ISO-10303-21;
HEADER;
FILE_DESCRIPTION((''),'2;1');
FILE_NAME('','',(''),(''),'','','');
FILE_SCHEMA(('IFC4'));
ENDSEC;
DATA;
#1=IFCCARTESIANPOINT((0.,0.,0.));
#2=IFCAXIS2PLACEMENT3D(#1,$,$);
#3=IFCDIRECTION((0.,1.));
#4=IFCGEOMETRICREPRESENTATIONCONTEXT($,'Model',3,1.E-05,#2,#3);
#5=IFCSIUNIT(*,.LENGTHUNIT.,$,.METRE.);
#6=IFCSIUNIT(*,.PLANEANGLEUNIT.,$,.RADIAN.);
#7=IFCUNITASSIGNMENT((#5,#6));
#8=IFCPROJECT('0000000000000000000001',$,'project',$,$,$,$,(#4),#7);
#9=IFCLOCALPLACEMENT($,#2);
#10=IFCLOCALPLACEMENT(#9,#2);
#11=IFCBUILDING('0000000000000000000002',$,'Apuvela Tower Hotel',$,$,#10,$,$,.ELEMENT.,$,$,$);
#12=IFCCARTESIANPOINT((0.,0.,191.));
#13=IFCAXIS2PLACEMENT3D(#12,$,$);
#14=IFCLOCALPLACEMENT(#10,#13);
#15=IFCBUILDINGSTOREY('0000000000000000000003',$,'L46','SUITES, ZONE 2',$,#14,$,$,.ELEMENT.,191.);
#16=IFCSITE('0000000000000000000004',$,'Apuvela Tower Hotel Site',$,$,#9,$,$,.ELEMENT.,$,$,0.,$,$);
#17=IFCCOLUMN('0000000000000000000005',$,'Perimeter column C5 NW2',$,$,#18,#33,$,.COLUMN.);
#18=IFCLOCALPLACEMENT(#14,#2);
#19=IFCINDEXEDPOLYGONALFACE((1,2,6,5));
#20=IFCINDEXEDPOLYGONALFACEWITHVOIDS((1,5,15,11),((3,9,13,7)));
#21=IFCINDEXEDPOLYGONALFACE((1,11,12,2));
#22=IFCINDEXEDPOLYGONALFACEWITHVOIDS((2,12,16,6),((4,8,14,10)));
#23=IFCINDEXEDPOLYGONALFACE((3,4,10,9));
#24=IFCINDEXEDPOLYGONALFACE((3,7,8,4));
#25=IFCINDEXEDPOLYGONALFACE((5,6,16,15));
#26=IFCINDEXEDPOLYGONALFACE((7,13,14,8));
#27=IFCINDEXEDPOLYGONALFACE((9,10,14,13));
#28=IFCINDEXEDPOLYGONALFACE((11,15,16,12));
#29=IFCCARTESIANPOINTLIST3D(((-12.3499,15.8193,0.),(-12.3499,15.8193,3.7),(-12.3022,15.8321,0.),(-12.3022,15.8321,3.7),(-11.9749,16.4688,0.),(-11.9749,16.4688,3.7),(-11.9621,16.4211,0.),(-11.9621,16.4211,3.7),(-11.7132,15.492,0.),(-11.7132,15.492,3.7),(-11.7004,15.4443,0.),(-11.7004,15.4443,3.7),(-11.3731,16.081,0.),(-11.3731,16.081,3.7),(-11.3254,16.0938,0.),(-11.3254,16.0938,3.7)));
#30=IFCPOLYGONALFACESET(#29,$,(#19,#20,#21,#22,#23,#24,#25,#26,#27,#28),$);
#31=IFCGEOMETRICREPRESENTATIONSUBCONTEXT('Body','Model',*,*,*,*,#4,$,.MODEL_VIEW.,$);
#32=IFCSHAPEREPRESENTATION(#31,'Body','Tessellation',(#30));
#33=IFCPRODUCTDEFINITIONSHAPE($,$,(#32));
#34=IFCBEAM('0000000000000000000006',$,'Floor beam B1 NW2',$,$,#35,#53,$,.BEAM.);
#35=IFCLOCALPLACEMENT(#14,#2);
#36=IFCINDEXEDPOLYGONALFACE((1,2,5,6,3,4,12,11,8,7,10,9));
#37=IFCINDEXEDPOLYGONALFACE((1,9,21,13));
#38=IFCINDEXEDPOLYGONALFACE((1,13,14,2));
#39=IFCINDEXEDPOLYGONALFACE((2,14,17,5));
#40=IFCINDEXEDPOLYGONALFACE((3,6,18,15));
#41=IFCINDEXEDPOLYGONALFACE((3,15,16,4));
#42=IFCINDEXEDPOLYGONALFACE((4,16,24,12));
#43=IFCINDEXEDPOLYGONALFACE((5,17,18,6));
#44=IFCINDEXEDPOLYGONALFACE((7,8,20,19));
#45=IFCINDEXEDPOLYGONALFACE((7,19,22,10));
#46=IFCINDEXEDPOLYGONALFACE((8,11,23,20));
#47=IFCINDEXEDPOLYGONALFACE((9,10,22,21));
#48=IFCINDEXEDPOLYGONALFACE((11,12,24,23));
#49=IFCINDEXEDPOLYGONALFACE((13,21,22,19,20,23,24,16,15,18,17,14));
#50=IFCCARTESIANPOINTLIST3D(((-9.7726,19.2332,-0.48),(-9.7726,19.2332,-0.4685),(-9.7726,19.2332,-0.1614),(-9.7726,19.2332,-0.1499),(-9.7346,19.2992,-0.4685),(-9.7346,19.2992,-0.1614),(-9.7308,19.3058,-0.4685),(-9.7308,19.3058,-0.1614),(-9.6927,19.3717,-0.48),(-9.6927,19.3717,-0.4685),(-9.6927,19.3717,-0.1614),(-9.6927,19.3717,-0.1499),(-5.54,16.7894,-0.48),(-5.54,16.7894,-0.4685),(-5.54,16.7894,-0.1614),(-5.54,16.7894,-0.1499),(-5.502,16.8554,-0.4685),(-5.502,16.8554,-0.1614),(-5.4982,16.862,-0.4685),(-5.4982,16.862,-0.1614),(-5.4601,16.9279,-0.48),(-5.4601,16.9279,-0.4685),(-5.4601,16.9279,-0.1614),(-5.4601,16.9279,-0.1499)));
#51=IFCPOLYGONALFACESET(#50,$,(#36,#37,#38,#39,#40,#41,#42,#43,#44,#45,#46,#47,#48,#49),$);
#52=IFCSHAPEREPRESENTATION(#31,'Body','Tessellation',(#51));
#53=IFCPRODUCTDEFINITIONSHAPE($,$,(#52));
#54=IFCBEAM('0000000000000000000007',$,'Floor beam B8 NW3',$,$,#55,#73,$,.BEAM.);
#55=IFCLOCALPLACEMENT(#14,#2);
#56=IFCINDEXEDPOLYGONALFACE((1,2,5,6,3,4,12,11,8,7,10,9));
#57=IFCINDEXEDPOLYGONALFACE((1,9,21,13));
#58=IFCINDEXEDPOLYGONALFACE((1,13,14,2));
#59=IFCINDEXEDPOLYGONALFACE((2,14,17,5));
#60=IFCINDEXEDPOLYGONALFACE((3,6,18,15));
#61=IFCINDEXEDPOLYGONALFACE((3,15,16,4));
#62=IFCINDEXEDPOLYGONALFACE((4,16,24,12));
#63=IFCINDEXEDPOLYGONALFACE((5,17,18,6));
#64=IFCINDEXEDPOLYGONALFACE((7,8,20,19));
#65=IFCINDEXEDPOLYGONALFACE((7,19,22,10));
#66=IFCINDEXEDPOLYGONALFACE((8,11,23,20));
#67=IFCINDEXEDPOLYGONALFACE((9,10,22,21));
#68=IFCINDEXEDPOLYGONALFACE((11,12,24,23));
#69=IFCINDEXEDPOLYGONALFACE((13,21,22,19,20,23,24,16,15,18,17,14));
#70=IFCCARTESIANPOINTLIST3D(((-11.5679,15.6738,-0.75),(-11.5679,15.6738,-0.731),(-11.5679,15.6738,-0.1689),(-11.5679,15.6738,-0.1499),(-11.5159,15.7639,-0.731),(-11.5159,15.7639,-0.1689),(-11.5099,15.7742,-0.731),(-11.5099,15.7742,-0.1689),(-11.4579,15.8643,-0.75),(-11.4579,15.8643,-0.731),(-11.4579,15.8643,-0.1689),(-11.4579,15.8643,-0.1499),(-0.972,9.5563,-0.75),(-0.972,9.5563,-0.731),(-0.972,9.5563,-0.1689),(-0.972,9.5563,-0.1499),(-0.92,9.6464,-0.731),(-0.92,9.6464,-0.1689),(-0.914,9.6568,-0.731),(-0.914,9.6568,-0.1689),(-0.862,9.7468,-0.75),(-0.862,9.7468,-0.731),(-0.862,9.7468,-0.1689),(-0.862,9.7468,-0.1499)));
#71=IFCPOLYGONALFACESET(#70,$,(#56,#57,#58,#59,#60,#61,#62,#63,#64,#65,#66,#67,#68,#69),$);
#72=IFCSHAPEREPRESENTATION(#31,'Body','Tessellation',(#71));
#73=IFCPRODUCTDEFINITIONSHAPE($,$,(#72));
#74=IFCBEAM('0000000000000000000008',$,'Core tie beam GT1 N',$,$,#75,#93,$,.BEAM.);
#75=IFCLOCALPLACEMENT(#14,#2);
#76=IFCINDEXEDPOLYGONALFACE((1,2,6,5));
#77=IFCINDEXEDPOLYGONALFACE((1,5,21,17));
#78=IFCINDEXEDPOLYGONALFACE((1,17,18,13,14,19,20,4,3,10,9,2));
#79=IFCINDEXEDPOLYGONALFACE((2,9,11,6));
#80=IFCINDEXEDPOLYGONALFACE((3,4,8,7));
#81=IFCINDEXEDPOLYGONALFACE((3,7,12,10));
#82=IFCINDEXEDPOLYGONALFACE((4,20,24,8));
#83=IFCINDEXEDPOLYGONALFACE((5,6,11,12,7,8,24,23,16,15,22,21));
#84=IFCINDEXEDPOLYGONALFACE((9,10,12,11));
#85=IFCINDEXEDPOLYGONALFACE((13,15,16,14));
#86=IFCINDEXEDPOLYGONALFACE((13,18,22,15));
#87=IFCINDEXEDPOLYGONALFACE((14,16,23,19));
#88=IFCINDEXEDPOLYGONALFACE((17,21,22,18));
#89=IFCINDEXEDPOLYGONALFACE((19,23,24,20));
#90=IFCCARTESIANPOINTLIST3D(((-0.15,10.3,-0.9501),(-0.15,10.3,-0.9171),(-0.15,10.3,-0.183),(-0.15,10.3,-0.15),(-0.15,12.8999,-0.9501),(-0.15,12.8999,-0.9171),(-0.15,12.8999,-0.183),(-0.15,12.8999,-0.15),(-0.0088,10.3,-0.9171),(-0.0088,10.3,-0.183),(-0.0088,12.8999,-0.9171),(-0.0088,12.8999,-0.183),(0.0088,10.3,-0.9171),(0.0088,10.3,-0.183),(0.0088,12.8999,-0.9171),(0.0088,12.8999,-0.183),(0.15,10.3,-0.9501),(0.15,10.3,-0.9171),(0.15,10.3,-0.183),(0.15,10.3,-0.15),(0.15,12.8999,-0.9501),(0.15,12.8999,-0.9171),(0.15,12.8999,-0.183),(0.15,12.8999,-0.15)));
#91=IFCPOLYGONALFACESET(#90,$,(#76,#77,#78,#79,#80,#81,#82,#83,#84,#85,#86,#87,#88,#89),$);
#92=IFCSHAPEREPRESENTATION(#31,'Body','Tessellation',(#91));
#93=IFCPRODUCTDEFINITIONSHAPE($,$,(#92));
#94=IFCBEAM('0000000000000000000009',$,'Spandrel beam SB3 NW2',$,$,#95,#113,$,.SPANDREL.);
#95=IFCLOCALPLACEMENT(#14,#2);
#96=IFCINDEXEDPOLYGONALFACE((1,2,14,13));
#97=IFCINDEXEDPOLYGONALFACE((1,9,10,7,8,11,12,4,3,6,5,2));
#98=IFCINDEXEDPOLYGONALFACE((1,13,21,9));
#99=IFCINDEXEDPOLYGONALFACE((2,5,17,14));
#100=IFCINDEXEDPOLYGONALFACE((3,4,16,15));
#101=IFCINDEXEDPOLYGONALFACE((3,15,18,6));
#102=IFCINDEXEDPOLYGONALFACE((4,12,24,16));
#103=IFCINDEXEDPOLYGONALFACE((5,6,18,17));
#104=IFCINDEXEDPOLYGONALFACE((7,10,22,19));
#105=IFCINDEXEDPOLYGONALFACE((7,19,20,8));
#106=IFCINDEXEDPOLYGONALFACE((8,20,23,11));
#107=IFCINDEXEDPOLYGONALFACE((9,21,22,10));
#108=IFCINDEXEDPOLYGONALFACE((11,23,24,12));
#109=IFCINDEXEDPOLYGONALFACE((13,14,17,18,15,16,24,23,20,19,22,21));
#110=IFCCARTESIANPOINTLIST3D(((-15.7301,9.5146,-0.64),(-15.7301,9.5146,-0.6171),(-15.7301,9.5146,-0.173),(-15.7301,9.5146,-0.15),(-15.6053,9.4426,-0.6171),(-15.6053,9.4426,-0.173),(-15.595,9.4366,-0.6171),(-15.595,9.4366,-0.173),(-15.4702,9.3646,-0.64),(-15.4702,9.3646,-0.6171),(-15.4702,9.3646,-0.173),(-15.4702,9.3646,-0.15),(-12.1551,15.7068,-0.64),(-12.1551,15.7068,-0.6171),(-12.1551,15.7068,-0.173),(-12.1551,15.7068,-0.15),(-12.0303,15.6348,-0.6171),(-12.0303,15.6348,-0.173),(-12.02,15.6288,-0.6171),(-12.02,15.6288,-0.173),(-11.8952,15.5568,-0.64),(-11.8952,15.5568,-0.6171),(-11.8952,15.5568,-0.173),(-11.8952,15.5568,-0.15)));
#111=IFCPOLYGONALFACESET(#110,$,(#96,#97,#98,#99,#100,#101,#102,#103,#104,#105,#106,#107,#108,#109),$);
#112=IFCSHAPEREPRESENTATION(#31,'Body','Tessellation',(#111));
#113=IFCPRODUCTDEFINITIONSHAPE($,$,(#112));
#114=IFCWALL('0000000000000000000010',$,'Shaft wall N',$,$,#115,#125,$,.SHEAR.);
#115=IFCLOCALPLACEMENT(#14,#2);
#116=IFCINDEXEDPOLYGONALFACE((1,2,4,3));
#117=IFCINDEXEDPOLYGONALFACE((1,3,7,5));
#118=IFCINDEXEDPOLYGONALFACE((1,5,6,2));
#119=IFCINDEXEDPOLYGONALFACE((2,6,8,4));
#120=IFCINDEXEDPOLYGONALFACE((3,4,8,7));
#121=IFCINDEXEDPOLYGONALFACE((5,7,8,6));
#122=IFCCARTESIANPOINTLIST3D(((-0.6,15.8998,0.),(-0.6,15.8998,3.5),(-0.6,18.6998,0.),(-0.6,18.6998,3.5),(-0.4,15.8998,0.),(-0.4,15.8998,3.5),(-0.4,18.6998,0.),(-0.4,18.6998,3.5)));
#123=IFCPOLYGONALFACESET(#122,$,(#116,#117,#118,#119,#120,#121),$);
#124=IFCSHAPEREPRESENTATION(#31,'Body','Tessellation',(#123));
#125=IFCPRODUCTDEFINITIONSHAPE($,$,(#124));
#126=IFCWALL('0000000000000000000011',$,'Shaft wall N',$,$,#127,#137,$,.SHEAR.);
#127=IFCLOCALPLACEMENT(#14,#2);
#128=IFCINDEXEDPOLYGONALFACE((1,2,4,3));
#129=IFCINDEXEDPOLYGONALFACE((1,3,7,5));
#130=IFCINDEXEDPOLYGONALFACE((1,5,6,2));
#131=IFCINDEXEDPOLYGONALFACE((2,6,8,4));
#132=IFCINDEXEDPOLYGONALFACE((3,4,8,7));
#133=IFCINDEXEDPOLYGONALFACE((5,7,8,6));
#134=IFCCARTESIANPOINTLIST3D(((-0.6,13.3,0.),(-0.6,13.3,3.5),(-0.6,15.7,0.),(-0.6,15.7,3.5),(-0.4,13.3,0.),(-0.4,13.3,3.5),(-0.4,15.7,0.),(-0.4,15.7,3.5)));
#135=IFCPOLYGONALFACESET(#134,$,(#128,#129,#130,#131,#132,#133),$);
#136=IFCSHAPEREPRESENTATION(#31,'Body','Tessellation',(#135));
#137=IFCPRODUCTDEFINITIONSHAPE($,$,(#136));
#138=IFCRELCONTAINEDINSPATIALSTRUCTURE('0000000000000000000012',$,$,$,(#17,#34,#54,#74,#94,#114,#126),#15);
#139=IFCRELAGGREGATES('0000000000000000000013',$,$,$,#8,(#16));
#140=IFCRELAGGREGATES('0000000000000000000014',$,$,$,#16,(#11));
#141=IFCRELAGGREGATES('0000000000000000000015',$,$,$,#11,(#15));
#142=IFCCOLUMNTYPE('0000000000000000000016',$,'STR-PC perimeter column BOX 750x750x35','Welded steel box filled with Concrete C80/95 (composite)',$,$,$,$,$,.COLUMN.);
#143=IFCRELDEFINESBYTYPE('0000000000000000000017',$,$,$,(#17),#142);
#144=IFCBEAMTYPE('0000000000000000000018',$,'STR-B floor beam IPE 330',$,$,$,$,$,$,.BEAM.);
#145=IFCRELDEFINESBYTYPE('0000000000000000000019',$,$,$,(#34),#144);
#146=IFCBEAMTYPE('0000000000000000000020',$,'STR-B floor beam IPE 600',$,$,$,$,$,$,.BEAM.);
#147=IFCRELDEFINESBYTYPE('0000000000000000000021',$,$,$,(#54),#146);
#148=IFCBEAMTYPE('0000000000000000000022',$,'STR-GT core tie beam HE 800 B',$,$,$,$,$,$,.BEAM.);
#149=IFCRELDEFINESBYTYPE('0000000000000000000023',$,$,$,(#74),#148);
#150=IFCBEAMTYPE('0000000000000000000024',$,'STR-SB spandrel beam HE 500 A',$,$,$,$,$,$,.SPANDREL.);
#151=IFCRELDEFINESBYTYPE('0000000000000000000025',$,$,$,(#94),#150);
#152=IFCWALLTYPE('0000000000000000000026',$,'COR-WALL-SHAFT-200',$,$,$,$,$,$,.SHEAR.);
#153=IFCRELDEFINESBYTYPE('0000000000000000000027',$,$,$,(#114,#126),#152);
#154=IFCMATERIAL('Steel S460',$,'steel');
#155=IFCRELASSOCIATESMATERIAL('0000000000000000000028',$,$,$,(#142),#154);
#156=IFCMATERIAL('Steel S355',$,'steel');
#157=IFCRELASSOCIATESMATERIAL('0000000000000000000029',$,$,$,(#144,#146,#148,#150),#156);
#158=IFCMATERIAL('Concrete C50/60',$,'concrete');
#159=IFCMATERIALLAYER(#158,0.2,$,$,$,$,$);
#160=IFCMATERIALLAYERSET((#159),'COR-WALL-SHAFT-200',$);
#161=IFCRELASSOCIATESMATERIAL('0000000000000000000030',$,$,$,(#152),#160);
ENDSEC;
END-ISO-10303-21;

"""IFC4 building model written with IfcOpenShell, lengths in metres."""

from ifc_helpers import new_model, si_unit, direction, frame, frame_2d, origin, origin_2d, place, context, subcontext, project, spatial, rectangle, hollow_rectangle, i_section, extrude, material, layer, layer_set, material_profile, profile_set, type_object, element, save


model = new_model("IFC4")

# Units and contexts
model_context = context("Model", 3, precision=1e-05, world=origin(), true_north=direction((0.0, 1.0)))
body_context = subcontext(model_context, "Body", "Model", "MODEL_VIEW")
ifc_project = project(units=[si_unit("LENGTHUNIT", "METRE"), si_unit("PLANEANGLEUNIT", "RADIAN")], contexts=[model_context])

# Site, building, storey
site_placement = place(None, origin())
site = spatial("IfcSite", under=ifc_project, at=site_placement, Name="Apuvela Tower Hotel Site", CompositionType="ELEMENT", RefElevation=0.0)
building_placement = place(site_placement, origin())
building = spatial("IfcBuilding", under=site, at=building_placement, Name="Apuvela Tower Hotel", CompositionType="ELEMENT")
storey_placement = place(building_placement, frame((0.0, 0.0, 191.0)))
storey = spatial("IfcBuildingStorey", under=building, at=storey_placement, Name="L46", Description="SUITES, ZONE 2", CompositionType="ELEMENT", Elevation=191.0)

# Column
ifc_material_1 = material(Name="Steel S460", Category="steel")
ifc_material_profile_1 = material_profile(ifc_material_1, hollow_rectangle(XDim=0.75, YDim=0.75, WallThickness=0.0349, at=origin_2d()), Name="BOX 750x750x35")
ifc_material_2 = material(Name="Concrete C80/95", Category="concrete")
ifc_material_profile_2 = material_profile(ifc_material_2, rectangle(XDim=0.6799, YDim=0.6799, at=origin_2d()), Name="Concrete C80/95 infill")
ifc_profile_set_1 = profile_set([ifc_material_profile_1, ifc_material_profile_2], Name="Steel S460")
column_type = type_object("IfcColumnType", Name="STR-PC perimeter column BOX 750x750x35", Description="Welded steel box filled with Concrete C80/95 (composite)", PredefinedType="COLUMN", material=ifc_profile_set_1)
column_placement = place(storey_placement, frame((-11.8376, 15.9565, 0.0), z_axis=(0.0, 0.0, 1.0), x_axis=(0.5, 0.866025, 0.0)))
element("IfcColumn", 1, at=column_placement, inside=storey, type_object=column_type, Name="Perimeter column C5 NW2", PredefinedType="COLUMN", context=body_context, shape_type="SweptSolid", body=[
    extrude(hollow_rectangle(XDim=0.75, YDim=0.75, WallThickness=0.0349, at=origin_2d()), origin(), (0.0, 0.0, 1.0), 3.7),
])

# Beams
ifc_material_3 = material(Name="Steel S355", Category="steel")
ifc_material_profile_3 = material_profile(ifc_material_3, i_section(OverallWidth=0.1599, OverallDepth=0.3301, WebThickness=0.0076, FlangeThickness=0.0115, at=origin_2d()), Name="IPE 330")
ifc_profile_set_2 = profile_set([ifc_material_profile_3], Name="Steel S355")
beam_type_1 = type_object("IfcBeamType", Name="STR-B floor beam IPE 330", PredefinedType="BEAM", material=ifc_profile_set_2)
beam_1_placement = place(storey_placement, frame((-9.7327, 19.3025, -0.3149), z_axis=(0.866015, -0.500018, 0.0), x_axis=(0.500018, 0.866015, 0.0)))
element("IfcBeam", 2, at=beam_1_placement, inside=storey, type_object=beam_type_1, Name="Floor beam B1 NW2", PredefinedType="BEAM", context=body_context, shape_type="SweptSolid", body=[
    extrude(i_section(OverallWidth=0.1599, OverallDepth=0.3301, WebThickness=0.0076, FlangeThickness=0.0115, at=origin_2d()), origin(), (0.0, 0.0, 1.0), 4.8875),
])
ifc_material_profile_4 = material_profile(ifc_material_3, i_section(OverallWidth=0.22, OverallDepth=0.6001, WebThickness=0.012, FlangeThickness=0.019, at=origin_2d()), Name="IPE 600")
ifc_profile_set_3 = profile_set([ifc_material_profile_4], Name="Steel S355")
beam_type_2 = type_object("IfcBeamType", Name="STR-B floor beam IPE 600", PredefinedType="BEAM", material=ifc_profile_set_3)
beam_2_placement = place(storey_placement, frame((-11.5129, 15.769, -0.45), z_axis=(0.86603, -0.499991, 0.0), x_axis=(0.499991, 0.86603, 0.0)))
element("IfcBeam", 3, at=beam_2_placement, inside=storey, type_object=beam_type_2, Name="Floor beam B8 NW3", PredefinedType="BEAM", context=body_context, shape_type="SweptSolid", body=[
    extrude(i_section(OverallWidth=0.22, OverallDepth=0.6001, WebThickness=0.012, FlangeThickness=0.019, at=origin_2d()), origin(), (0.0, 0.0, 1.0), 12.2351),
])
ifc_material_profile_5 = material_profile(ifc_material_3, i_section(OverallWidth=0.3, OverallDepth=0.8, WebThickness=0.0176, FlangeThickness=0.033, at=origin_2d()), Name="HE 800 B")
ifc_profile_set_4 = profile_set([ifc_material_profile_5], Name="Steel S355")
beam_type_3 = type_object("IfcBeamType", Name="STR-GT core tie beam HE 800 B", PredefinedType="BEAM", material=ifc_profile_set_4)
beam_3_placement = place(storey_placement, frame((0.0, 12.8999, -0.55), z_axis=(0.0, -1.0, 0.0), x_axis=(1.0, 0.0, 0.0)))
element("IfcBeam", 4, at=beam_3_placement, inside=storey, type_object=beam_type_3, Name="Core tie beam GT1 N", PredefinedType="BEAM", context=body_context, shape_type="SweptSolid", body=[
    extrude(i_section(OverallWidth=0.3, OverallDepth=0.8, WebThickness=0.0176, FlangeThickness=0.033, at=origin_2d()), origin(), (0.0, 0.0, 1.0), 2.5999),
])
ifc_material_profile_6 = material_profile(ifc_material_3, i_section(OverallWidth=0.3, OverallDepth=0.49, WebThickness=0.012, FlangeThickness=0.0229, at=origin_2d()), Name="HE 500 A")
ifc_profile_set_5 = profile_set([ifc_material_profile_6], Name="Steel S355")
beam_type_4 = type_object("IfcBeamType", Name="STR-SB spandrel beam HE 500 A", PredefinedType="SPANDREL", material=ifc_profile_set_5)
beam_4_placement = place(storey_placement, frame((-12.0251, 15.6318, -0.395), z_axis=(-0.499991, -0.86603, 0.0), x_axis=(0.86603, -0.499991, 0.0)))
element("IfcBeam", 5, at=beam_4_placement, inside=storey, type_object=beam_type_4, Name="Spandrel beam SB3 NW2", PredefinedType="SPANDREL", context=body_context, shape_type="SweptSolid", body=[
    extrude(i_section(OverallWidth=0.3, OverallDepth=0.49, WebThickness=0.012, FlangeThickness=0.0229, at=origin_2d()), origin(), (0.0, 0.0, 1.0), 7.1501),
])

# Walls
ifc_material_4 = material(Name="Concrete C50/60", Category="concrete")
ifc_layer_1 = layer(ifc_material_4, 0.2)
ifc_layer_set_1 = layer_set([ifc_layer_1], Name="COR-WALL-SHAFT-200")
wall_type_1 = type_object("IfcWallType", Name="COR-WALL-SHAFT-200", PredefinedType="SHEAR", material=ifc_layer_set_1)
wall_1_placement = place(storey_placement, frame((-0.5, 15.8999, 0.0), z_axis=(0.0, 0.0, 1.0), x_axis=(0.0, 1.0, 0.0)))
element("IfcWall", 6, at=wall_1_placement, inside=storey, type_object=wall_type_1, Name="Shaft wall N", PredefinedType="SHEAR", context=body_context, shape_type="SweptSolid", body=[
    extrude(rectangle(XDim=2.8, YDim=0.2, at=frame_2d((1.3999, 0.0))), origin(), (0.0, 0.0, 1.0), 3.5),
])
wall_2_placement = place(storey_placement, frame((-0.5, 13.3, 0.0), z_axis=(0.0, 0.0, 1.0), x_axis=(0.0, 1.0, 0.0)))
element("IfcWall", 7, at=wall_2_placement, inside=storey, type_object=wall_type_1, Name="Shaft wall N", PredefinedType="SHEAR", context=body_context, shape_type="SweptSolid", body=[
    extrude(rectangle(XDim=2.3999, YDim=0.2, at=frame_2d((1.2, 0.0))), origin(), (0.0, 0.0, 1.0), 3.5),
])

save(model, "model.ifc")
